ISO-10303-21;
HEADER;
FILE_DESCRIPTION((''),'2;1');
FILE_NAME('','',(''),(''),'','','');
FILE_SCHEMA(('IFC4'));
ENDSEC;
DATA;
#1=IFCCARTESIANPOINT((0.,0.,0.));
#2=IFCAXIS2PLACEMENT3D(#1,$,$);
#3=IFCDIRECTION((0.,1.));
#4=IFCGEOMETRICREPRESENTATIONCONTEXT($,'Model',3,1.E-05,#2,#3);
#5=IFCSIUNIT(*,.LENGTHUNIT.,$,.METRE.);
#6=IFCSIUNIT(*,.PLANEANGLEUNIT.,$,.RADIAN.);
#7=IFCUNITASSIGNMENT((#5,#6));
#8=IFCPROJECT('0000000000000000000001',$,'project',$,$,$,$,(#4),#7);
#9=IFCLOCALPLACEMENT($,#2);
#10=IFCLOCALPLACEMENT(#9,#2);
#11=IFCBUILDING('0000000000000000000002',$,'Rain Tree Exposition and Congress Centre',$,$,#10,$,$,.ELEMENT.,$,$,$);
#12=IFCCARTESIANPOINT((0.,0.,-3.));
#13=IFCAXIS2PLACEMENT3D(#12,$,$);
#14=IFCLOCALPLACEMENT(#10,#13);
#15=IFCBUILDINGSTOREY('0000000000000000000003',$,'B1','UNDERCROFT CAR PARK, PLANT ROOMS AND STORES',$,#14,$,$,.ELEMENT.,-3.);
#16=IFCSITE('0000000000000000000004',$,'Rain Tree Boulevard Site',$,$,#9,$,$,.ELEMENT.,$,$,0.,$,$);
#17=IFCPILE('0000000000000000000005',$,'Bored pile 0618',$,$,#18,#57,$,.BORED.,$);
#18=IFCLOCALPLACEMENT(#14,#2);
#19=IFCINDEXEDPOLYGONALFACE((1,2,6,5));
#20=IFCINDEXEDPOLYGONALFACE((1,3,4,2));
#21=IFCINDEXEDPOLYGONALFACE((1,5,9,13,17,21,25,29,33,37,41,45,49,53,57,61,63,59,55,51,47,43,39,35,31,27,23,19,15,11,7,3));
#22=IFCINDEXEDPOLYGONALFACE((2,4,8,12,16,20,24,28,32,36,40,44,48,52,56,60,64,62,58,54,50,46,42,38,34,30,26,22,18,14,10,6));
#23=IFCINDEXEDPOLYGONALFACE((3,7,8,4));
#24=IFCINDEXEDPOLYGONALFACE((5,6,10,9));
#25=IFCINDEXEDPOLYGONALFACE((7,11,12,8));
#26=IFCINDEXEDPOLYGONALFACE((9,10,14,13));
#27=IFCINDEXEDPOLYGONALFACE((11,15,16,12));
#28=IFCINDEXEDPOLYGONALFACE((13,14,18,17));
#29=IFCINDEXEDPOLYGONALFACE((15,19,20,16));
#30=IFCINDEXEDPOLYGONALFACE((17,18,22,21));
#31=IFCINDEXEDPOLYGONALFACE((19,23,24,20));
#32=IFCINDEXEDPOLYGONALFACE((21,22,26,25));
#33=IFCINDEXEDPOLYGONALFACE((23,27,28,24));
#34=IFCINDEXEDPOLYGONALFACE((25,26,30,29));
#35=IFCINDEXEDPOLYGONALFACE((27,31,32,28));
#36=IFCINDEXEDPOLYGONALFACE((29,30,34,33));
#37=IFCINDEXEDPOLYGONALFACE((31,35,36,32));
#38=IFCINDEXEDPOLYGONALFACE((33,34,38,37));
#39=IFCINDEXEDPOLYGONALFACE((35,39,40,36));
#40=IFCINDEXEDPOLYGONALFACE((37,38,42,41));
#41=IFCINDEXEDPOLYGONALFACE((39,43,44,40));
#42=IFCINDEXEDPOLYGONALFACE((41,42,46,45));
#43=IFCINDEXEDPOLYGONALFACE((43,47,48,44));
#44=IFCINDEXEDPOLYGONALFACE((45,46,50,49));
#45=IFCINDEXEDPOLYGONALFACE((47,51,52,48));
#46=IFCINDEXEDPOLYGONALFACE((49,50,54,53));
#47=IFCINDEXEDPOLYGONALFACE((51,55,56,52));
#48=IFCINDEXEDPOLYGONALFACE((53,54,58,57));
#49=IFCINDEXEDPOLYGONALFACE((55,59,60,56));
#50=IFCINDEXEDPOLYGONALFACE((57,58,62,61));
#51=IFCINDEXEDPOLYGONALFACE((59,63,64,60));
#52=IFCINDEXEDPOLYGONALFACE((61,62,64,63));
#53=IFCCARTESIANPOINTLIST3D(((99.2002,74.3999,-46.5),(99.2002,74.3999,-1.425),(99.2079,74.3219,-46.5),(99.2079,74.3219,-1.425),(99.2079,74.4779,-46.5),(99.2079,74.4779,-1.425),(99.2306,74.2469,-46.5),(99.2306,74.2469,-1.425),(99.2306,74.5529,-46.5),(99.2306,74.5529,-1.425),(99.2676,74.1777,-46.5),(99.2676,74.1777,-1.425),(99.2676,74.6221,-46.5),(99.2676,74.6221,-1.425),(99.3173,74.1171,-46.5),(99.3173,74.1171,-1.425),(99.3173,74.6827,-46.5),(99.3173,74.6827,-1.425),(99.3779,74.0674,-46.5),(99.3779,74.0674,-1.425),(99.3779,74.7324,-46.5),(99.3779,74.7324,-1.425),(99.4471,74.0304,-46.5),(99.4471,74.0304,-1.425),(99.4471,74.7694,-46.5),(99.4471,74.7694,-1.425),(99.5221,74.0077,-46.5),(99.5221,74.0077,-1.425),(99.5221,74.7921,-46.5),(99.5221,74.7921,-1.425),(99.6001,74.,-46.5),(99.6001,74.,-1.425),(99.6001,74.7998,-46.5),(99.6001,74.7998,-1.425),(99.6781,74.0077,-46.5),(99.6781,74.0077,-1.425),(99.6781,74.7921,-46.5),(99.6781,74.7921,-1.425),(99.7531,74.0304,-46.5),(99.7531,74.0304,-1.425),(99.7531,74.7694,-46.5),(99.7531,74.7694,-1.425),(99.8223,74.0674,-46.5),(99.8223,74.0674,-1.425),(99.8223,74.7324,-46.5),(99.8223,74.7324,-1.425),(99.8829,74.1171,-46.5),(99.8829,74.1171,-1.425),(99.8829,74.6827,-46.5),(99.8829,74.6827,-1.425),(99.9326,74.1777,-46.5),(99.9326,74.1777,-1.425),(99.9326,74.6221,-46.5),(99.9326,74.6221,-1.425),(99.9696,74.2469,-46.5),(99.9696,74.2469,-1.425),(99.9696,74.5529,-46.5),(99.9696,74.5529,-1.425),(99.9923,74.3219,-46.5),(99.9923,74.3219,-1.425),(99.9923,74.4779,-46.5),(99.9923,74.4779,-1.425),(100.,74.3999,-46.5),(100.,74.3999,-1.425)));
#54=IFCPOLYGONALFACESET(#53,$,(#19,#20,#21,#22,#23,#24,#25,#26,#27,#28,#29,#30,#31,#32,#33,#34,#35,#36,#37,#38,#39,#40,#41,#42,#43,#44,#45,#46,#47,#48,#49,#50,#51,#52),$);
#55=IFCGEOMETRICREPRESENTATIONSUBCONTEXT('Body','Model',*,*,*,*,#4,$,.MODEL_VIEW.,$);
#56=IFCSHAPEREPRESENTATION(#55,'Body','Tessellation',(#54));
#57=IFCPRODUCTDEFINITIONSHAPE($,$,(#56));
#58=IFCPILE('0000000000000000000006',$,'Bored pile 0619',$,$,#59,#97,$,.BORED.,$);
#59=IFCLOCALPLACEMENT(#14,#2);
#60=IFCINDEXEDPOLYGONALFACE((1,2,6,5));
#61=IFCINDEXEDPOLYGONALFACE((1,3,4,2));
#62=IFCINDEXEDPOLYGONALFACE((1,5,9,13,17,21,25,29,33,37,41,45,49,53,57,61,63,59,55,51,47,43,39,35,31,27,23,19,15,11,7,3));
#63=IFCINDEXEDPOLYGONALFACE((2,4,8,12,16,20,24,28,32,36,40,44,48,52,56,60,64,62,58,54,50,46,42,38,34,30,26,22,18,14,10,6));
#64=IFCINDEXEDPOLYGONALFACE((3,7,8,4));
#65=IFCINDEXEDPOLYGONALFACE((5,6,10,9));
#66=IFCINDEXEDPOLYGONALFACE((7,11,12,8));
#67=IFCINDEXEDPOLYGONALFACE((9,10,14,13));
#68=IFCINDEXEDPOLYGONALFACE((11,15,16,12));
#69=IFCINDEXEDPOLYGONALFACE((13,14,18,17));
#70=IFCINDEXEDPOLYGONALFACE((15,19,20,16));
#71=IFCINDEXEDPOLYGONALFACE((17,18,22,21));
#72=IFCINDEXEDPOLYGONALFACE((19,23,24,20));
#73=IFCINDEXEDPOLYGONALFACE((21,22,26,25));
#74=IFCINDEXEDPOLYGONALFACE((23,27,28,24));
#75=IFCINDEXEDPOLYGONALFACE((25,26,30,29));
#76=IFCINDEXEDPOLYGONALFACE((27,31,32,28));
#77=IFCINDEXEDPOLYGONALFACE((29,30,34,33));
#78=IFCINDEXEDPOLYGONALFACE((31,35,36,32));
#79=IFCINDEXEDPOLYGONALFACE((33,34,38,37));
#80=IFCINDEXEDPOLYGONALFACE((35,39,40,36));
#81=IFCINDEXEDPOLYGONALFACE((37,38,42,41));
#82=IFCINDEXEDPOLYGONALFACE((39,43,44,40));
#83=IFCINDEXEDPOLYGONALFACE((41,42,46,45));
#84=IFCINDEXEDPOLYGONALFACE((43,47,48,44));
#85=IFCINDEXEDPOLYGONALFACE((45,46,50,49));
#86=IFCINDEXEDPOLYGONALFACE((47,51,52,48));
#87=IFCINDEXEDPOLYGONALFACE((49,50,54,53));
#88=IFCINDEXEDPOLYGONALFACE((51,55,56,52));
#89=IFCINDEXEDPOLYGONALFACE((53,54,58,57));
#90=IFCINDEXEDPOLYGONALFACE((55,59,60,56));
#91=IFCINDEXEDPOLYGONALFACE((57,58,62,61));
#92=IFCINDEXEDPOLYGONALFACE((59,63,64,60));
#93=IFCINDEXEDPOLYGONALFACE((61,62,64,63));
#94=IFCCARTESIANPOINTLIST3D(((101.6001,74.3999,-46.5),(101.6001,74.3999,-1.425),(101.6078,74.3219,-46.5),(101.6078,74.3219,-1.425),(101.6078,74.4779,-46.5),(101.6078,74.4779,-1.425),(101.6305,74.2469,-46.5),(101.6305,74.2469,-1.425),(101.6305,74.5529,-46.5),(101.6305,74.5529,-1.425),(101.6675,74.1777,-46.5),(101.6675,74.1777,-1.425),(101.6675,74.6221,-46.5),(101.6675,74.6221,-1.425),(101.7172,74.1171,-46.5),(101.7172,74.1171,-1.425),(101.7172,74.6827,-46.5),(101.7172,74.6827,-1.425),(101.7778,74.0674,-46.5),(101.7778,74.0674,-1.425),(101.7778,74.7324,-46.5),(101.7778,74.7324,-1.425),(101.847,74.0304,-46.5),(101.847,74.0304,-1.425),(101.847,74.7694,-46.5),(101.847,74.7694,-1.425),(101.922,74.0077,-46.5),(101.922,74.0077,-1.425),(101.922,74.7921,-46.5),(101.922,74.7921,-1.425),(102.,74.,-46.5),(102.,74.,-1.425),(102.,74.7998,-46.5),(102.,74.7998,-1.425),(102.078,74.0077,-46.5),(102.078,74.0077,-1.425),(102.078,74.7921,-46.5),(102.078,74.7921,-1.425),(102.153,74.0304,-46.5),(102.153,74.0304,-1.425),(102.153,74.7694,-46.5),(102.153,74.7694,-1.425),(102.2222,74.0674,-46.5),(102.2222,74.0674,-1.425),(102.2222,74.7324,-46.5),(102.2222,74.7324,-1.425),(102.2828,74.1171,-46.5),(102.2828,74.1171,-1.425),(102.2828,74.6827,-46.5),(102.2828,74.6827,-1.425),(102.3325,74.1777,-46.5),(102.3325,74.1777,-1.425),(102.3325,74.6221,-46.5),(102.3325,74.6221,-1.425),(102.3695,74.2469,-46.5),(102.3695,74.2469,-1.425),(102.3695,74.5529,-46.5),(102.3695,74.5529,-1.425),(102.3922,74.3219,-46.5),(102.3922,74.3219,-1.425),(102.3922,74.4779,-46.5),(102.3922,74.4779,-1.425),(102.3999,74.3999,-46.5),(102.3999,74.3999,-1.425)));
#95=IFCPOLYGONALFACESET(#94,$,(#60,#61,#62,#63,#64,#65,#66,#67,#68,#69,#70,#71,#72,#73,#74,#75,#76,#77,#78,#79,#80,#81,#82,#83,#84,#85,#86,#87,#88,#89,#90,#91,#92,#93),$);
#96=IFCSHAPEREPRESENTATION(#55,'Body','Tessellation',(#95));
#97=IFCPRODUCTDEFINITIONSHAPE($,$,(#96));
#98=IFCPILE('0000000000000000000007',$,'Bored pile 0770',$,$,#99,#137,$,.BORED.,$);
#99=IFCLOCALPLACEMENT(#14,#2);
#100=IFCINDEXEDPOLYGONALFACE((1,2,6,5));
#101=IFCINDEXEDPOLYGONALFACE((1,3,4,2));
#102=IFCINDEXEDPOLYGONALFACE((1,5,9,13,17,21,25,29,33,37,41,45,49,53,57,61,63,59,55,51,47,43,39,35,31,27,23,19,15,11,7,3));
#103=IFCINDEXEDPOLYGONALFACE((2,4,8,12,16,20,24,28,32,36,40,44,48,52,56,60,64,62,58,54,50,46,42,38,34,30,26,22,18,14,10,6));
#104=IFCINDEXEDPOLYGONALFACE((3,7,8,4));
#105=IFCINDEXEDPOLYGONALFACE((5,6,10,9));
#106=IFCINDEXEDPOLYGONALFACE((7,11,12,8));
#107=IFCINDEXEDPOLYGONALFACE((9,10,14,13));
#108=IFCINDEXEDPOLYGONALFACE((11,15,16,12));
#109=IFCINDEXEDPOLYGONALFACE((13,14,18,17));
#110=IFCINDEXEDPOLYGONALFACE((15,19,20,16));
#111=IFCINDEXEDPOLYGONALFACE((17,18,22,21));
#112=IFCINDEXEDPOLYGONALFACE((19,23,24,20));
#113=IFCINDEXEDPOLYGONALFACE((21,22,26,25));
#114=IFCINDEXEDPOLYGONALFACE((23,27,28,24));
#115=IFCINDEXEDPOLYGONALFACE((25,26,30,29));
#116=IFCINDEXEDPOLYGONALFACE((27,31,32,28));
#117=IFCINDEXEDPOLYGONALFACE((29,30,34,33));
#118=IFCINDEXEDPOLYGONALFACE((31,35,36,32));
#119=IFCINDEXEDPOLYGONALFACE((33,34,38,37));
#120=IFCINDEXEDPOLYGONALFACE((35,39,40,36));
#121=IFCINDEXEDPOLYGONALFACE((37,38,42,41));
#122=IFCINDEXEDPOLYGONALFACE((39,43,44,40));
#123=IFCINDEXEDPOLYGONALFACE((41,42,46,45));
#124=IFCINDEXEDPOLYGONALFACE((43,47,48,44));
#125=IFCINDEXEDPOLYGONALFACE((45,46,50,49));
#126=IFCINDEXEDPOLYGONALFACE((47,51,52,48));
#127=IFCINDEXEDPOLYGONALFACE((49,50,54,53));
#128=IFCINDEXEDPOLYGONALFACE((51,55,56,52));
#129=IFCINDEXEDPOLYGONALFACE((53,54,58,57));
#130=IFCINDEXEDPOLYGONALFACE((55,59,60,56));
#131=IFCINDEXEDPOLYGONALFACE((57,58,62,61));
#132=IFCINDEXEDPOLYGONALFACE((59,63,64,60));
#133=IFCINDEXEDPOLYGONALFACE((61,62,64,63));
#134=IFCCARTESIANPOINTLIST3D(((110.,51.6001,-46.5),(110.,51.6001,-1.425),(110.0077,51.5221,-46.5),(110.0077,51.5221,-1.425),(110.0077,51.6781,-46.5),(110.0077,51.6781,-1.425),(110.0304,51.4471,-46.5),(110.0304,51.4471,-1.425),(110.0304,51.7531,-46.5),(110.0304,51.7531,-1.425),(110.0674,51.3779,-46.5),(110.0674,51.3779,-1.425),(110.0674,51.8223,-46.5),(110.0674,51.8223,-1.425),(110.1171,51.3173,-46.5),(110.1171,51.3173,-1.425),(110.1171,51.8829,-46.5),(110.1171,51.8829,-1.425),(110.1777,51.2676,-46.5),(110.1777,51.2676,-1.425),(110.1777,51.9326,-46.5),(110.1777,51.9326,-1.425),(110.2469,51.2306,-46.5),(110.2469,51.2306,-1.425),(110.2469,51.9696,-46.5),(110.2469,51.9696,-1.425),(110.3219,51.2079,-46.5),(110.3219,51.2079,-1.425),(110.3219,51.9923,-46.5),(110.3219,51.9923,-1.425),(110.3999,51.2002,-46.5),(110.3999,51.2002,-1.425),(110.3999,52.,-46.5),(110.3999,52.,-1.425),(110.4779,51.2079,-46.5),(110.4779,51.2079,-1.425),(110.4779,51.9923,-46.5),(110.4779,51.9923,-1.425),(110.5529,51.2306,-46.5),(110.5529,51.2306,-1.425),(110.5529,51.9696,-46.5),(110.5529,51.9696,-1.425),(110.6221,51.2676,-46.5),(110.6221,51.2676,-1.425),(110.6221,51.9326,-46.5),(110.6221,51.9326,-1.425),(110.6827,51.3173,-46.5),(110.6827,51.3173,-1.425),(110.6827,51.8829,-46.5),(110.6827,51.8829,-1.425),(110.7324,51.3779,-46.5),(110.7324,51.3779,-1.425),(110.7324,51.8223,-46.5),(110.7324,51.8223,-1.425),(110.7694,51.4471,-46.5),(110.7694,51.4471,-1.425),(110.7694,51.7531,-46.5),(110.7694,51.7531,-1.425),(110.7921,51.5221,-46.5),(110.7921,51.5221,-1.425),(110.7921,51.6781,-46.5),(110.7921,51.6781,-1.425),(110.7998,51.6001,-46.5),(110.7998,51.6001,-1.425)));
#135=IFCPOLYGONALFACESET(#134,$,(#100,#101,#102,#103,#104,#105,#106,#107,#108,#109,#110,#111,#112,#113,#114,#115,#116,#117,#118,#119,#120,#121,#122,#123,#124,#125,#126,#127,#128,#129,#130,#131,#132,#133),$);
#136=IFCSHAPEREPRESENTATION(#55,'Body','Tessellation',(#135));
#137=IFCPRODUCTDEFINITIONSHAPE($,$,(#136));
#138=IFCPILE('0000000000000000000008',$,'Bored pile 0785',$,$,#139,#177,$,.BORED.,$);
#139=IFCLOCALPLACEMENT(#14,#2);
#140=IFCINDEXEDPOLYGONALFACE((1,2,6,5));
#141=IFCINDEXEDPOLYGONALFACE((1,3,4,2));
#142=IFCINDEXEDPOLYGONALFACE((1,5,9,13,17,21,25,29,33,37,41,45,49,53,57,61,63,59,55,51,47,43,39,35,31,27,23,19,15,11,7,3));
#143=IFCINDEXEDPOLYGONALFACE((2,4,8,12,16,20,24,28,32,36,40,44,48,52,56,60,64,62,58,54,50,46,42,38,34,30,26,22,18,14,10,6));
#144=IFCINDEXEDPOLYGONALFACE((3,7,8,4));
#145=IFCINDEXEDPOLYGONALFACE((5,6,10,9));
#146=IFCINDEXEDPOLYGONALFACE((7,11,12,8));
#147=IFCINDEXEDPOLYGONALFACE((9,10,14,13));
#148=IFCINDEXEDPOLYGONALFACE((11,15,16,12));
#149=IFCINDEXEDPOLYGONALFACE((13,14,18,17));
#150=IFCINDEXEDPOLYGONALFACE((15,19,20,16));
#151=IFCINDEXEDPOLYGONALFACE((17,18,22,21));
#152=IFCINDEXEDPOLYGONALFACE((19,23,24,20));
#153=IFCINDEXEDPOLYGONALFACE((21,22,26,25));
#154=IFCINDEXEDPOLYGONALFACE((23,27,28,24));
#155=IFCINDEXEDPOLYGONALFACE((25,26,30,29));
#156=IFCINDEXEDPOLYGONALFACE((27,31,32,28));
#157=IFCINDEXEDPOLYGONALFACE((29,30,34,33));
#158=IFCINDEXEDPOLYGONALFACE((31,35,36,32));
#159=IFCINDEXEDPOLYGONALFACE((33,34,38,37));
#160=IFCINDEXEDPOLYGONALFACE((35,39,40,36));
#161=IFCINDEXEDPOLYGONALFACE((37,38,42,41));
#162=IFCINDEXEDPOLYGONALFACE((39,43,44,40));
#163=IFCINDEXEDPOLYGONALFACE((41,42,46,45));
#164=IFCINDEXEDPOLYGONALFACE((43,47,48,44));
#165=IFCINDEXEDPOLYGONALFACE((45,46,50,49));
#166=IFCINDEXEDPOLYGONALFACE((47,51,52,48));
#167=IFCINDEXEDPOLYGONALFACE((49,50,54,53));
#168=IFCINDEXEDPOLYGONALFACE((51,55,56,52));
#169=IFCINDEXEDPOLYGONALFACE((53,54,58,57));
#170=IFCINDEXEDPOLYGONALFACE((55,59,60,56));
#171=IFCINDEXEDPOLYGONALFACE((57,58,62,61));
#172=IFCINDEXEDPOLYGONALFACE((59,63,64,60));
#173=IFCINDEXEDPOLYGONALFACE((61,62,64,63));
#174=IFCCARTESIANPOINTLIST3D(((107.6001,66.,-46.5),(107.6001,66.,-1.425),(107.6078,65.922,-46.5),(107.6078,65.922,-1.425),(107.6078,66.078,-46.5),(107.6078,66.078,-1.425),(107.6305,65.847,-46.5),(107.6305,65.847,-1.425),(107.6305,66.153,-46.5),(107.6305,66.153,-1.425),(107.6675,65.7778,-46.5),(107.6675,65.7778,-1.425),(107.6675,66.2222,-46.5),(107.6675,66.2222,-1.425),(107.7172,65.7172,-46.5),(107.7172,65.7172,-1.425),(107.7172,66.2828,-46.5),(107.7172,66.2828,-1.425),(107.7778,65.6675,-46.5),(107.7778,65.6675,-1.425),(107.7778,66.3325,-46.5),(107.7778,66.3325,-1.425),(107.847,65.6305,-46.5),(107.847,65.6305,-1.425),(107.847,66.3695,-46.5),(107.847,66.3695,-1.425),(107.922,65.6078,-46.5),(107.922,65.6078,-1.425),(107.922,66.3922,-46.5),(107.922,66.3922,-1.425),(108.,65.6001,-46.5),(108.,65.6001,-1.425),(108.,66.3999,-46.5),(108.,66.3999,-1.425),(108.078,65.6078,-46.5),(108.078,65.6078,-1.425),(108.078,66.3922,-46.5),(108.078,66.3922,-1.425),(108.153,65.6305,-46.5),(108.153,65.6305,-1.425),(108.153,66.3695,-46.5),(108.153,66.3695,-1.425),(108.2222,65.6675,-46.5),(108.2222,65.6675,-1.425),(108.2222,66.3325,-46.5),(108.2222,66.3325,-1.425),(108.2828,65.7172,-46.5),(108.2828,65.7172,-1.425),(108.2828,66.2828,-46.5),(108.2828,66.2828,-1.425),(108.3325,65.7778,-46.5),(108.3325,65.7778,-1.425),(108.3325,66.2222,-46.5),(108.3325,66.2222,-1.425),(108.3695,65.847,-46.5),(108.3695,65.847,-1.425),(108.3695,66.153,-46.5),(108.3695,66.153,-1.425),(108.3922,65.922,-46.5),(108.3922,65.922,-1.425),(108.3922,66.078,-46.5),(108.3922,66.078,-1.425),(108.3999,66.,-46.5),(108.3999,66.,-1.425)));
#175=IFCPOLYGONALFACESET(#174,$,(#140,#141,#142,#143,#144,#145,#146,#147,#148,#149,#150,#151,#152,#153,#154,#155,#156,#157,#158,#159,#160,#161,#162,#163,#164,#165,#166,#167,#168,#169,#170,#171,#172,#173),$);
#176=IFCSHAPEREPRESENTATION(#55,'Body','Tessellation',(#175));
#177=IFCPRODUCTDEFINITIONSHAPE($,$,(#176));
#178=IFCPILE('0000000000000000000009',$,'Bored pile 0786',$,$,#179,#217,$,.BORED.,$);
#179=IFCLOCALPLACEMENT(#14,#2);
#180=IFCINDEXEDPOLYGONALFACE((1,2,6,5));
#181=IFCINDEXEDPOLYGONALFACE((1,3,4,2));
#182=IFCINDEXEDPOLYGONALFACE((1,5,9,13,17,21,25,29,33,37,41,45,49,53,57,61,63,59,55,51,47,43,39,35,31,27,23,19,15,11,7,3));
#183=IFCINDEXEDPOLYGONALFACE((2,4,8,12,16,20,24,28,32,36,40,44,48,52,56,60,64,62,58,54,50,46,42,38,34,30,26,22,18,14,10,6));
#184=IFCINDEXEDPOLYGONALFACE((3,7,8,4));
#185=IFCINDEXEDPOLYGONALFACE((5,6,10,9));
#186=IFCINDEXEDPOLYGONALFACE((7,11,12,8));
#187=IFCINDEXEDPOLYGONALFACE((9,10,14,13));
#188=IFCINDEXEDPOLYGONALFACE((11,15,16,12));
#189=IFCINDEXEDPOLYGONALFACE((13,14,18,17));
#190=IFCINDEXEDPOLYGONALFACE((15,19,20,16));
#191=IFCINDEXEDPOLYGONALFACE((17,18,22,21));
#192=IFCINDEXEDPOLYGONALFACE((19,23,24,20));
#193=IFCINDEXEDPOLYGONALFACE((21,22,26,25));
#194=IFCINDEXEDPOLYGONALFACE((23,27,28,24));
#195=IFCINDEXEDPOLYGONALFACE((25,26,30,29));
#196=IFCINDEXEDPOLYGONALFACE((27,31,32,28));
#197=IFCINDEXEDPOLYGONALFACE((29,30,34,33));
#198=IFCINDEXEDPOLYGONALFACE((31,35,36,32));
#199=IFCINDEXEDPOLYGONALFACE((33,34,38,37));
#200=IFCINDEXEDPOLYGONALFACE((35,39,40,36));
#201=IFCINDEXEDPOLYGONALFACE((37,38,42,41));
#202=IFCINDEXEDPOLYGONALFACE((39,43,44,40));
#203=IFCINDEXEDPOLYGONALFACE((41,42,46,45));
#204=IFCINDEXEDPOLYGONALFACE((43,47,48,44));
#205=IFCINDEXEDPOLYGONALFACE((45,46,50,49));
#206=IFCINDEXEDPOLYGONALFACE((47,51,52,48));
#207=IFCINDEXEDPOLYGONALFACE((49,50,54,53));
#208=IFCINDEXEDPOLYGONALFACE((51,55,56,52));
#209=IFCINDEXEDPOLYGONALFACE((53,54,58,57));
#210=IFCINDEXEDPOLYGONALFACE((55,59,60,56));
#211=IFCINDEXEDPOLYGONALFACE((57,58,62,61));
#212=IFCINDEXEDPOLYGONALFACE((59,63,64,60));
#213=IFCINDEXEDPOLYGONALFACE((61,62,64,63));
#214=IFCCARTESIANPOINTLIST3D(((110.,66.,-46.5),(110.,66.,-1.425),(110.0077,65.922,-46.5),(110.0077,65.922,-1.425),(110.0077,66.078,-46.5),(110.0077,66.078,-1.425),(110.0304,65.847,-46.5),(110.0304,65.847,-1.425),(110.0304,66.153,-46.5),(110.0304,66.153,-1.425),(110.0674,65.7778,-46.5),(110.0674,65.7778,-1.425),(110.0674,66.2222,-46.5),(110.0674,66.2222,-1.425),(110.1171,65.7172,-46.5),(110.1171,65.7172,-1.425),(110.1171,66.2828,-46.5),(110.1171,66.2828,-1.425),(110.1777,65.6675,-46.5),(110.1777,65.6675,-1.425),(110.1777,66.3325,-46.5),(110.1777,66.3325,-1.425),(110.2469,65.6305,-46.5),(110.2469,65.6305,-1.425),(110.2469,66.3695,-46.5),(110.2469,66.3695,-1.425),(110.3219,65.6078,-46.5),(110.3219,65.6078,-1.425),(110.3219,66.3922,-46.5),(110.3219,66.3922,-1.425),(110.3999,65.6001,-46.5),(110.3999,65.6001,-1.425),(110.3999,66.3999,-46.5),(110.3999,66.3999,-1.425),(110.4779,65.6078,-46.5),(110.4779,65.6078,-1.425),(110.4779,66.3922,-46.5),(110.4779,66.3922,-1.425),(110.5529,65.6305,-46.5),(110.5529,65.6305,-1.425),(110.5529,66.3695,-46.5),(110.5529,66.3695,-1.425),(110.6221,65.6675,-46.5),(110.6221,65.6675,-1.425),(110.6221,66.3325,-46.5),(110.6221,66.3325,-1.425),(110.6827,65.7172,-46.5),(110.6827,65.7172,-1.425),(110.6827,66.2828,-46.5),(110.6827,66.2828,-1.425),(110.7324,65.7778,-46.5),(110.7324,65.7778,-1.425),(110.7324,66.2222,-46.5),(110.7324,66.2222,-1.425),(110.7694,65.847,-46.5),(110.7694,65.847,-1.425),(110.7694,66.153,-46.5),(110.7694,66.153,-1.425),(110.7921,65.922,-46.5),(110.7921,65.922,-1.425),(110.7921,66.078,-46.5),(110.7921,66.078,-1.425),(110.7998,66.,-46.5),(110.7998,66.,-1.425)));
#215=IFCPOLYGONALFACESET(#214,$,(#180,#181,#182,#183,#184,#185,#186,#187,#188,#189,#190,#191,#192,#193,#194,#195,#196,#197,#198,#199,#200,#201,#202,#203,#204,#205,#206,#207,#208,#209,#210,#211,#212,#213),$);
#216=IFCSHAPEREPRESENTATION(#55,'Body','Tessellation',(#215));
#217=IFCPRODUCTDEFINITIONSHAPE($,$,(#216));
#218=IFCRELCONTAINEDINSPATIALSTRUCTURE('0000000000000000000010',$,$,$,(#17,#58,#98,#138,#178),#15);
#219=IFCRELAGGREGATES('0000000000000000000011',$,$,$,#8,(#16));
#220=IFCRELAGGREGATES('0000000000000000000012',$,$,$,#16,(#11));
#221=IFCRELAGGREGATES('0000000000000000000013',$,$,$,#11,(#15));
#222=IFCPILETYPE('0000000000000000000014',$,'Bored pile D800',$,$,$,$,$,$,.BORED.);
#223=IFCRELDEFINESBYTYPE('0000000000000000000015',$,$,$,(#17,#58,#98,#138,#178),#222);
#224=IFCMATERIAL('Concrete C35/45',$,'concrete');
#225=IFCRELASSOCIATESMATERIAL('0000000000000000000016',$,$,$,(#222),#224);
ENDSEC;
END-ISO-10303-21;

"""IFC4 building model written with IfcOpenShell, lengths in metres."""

from ifc_helpers import new_model, si_unit, direction, frame, origin, origin_2d, place, context, subcontext, project, spatial, circle, extrude, material, material_profile, profile_set, type_object, element, save


model = new_model("IFC4")

# Units and contexts
model_context = context("Model", 3, precision=1e-05, world=origin(), true_north=direction((0.0, 1.0)))
body_context = subcontext(model_context, "Body", "Model", "MODEL_VIEW")
ifc_project = project(units=[si_unit("LENGTHUNIT", "METRE"), si_unit("PLANEANGLEUNIT", "RADIAN")], contexts=[model_context])

# Site, building, storey
site_placement = place(None, origin())
site = spatial("IfcSite", under=ifc_project, at=site_placement, Name="Rain Tree Boulevard Site", CompositionType="ELEMENT", RefElevation=0.0)
building_placement = place(site_placement, origin())
building = spatial("IfcBuilding", under=site, at=building_placement, Name="Rain Tree Exposition and Congress Centre", CompositionType="ELEMENT")
storey_placement = place(building_placement, frame((0.0, 0.0, -3.0)))
storey = spatial("IfcBuildingStorey", under=building, at=storey_placement, Name="B1", Description="UNDERCROFT CAR PARK, PLANT ROOMS AND STORES", CompositionType="ELEMENT", Elevation=-3.0)

# Piles
ifc_material_1 = material(Name="Concrete C35/45", Category="concrete")
ifc_material_profile_1 = material_profile(ifc_material_1, circle(Radius=0.3999, at=origin_2d()), Name="D800")
ifc_profile_set_1 = profile_set([ifc_material_profile_1], Name="Concrete C35/45")
pile_type_1 = type_object("IfcPileType", Name="Bored pile D800", PredefinedType="BORED", material=ifc_profile_set_1)
for number, where, z_axis, x_axis, name in (
    (1, (99.6001, 74.3999, -1.425), (0.0, 0.0, -1.0), (1.0, 0.0, 0.0), "Bored pile 0618"),
    (2, (102.0, 74.3999, -1.425), (0.0, 0.0, -1.0), (1.0, 0.0, 0.0), "Bored pile 0619"),
    (3, (110.3999, 51.6001, -1.425), (0.0, 0.0, -1.0), (1.0, 0.0, 0.0), "Bored pile 0770"),
    (4, (108.0, 66.0, -1.425), (0.0, 0.0, -1.0), (1.0, 0.0, 0.0), "Bored pile 0785"),
    (5, (110.3999, 66.0, -1.425), (0.0, 0.0, -1.0), (1.0, 0.0, 0.0), "Bored pile 0786"),
):
    element("IfcPile", number, at=place(storey_placement, frame(where, z_axis=z_axis, x_axis=x_axis)), inside=storey, type_object=pile_type_1, Name=name, PredefinedType="BORED", context=body_context, shape_type="SweptSolid", body=[
        extrude(circle(Radius=0.3999, at=origin_2d()), origin(), (0.0, 0.0, 1.0), 45.075),
    ])

save(model, "model.ifc")
